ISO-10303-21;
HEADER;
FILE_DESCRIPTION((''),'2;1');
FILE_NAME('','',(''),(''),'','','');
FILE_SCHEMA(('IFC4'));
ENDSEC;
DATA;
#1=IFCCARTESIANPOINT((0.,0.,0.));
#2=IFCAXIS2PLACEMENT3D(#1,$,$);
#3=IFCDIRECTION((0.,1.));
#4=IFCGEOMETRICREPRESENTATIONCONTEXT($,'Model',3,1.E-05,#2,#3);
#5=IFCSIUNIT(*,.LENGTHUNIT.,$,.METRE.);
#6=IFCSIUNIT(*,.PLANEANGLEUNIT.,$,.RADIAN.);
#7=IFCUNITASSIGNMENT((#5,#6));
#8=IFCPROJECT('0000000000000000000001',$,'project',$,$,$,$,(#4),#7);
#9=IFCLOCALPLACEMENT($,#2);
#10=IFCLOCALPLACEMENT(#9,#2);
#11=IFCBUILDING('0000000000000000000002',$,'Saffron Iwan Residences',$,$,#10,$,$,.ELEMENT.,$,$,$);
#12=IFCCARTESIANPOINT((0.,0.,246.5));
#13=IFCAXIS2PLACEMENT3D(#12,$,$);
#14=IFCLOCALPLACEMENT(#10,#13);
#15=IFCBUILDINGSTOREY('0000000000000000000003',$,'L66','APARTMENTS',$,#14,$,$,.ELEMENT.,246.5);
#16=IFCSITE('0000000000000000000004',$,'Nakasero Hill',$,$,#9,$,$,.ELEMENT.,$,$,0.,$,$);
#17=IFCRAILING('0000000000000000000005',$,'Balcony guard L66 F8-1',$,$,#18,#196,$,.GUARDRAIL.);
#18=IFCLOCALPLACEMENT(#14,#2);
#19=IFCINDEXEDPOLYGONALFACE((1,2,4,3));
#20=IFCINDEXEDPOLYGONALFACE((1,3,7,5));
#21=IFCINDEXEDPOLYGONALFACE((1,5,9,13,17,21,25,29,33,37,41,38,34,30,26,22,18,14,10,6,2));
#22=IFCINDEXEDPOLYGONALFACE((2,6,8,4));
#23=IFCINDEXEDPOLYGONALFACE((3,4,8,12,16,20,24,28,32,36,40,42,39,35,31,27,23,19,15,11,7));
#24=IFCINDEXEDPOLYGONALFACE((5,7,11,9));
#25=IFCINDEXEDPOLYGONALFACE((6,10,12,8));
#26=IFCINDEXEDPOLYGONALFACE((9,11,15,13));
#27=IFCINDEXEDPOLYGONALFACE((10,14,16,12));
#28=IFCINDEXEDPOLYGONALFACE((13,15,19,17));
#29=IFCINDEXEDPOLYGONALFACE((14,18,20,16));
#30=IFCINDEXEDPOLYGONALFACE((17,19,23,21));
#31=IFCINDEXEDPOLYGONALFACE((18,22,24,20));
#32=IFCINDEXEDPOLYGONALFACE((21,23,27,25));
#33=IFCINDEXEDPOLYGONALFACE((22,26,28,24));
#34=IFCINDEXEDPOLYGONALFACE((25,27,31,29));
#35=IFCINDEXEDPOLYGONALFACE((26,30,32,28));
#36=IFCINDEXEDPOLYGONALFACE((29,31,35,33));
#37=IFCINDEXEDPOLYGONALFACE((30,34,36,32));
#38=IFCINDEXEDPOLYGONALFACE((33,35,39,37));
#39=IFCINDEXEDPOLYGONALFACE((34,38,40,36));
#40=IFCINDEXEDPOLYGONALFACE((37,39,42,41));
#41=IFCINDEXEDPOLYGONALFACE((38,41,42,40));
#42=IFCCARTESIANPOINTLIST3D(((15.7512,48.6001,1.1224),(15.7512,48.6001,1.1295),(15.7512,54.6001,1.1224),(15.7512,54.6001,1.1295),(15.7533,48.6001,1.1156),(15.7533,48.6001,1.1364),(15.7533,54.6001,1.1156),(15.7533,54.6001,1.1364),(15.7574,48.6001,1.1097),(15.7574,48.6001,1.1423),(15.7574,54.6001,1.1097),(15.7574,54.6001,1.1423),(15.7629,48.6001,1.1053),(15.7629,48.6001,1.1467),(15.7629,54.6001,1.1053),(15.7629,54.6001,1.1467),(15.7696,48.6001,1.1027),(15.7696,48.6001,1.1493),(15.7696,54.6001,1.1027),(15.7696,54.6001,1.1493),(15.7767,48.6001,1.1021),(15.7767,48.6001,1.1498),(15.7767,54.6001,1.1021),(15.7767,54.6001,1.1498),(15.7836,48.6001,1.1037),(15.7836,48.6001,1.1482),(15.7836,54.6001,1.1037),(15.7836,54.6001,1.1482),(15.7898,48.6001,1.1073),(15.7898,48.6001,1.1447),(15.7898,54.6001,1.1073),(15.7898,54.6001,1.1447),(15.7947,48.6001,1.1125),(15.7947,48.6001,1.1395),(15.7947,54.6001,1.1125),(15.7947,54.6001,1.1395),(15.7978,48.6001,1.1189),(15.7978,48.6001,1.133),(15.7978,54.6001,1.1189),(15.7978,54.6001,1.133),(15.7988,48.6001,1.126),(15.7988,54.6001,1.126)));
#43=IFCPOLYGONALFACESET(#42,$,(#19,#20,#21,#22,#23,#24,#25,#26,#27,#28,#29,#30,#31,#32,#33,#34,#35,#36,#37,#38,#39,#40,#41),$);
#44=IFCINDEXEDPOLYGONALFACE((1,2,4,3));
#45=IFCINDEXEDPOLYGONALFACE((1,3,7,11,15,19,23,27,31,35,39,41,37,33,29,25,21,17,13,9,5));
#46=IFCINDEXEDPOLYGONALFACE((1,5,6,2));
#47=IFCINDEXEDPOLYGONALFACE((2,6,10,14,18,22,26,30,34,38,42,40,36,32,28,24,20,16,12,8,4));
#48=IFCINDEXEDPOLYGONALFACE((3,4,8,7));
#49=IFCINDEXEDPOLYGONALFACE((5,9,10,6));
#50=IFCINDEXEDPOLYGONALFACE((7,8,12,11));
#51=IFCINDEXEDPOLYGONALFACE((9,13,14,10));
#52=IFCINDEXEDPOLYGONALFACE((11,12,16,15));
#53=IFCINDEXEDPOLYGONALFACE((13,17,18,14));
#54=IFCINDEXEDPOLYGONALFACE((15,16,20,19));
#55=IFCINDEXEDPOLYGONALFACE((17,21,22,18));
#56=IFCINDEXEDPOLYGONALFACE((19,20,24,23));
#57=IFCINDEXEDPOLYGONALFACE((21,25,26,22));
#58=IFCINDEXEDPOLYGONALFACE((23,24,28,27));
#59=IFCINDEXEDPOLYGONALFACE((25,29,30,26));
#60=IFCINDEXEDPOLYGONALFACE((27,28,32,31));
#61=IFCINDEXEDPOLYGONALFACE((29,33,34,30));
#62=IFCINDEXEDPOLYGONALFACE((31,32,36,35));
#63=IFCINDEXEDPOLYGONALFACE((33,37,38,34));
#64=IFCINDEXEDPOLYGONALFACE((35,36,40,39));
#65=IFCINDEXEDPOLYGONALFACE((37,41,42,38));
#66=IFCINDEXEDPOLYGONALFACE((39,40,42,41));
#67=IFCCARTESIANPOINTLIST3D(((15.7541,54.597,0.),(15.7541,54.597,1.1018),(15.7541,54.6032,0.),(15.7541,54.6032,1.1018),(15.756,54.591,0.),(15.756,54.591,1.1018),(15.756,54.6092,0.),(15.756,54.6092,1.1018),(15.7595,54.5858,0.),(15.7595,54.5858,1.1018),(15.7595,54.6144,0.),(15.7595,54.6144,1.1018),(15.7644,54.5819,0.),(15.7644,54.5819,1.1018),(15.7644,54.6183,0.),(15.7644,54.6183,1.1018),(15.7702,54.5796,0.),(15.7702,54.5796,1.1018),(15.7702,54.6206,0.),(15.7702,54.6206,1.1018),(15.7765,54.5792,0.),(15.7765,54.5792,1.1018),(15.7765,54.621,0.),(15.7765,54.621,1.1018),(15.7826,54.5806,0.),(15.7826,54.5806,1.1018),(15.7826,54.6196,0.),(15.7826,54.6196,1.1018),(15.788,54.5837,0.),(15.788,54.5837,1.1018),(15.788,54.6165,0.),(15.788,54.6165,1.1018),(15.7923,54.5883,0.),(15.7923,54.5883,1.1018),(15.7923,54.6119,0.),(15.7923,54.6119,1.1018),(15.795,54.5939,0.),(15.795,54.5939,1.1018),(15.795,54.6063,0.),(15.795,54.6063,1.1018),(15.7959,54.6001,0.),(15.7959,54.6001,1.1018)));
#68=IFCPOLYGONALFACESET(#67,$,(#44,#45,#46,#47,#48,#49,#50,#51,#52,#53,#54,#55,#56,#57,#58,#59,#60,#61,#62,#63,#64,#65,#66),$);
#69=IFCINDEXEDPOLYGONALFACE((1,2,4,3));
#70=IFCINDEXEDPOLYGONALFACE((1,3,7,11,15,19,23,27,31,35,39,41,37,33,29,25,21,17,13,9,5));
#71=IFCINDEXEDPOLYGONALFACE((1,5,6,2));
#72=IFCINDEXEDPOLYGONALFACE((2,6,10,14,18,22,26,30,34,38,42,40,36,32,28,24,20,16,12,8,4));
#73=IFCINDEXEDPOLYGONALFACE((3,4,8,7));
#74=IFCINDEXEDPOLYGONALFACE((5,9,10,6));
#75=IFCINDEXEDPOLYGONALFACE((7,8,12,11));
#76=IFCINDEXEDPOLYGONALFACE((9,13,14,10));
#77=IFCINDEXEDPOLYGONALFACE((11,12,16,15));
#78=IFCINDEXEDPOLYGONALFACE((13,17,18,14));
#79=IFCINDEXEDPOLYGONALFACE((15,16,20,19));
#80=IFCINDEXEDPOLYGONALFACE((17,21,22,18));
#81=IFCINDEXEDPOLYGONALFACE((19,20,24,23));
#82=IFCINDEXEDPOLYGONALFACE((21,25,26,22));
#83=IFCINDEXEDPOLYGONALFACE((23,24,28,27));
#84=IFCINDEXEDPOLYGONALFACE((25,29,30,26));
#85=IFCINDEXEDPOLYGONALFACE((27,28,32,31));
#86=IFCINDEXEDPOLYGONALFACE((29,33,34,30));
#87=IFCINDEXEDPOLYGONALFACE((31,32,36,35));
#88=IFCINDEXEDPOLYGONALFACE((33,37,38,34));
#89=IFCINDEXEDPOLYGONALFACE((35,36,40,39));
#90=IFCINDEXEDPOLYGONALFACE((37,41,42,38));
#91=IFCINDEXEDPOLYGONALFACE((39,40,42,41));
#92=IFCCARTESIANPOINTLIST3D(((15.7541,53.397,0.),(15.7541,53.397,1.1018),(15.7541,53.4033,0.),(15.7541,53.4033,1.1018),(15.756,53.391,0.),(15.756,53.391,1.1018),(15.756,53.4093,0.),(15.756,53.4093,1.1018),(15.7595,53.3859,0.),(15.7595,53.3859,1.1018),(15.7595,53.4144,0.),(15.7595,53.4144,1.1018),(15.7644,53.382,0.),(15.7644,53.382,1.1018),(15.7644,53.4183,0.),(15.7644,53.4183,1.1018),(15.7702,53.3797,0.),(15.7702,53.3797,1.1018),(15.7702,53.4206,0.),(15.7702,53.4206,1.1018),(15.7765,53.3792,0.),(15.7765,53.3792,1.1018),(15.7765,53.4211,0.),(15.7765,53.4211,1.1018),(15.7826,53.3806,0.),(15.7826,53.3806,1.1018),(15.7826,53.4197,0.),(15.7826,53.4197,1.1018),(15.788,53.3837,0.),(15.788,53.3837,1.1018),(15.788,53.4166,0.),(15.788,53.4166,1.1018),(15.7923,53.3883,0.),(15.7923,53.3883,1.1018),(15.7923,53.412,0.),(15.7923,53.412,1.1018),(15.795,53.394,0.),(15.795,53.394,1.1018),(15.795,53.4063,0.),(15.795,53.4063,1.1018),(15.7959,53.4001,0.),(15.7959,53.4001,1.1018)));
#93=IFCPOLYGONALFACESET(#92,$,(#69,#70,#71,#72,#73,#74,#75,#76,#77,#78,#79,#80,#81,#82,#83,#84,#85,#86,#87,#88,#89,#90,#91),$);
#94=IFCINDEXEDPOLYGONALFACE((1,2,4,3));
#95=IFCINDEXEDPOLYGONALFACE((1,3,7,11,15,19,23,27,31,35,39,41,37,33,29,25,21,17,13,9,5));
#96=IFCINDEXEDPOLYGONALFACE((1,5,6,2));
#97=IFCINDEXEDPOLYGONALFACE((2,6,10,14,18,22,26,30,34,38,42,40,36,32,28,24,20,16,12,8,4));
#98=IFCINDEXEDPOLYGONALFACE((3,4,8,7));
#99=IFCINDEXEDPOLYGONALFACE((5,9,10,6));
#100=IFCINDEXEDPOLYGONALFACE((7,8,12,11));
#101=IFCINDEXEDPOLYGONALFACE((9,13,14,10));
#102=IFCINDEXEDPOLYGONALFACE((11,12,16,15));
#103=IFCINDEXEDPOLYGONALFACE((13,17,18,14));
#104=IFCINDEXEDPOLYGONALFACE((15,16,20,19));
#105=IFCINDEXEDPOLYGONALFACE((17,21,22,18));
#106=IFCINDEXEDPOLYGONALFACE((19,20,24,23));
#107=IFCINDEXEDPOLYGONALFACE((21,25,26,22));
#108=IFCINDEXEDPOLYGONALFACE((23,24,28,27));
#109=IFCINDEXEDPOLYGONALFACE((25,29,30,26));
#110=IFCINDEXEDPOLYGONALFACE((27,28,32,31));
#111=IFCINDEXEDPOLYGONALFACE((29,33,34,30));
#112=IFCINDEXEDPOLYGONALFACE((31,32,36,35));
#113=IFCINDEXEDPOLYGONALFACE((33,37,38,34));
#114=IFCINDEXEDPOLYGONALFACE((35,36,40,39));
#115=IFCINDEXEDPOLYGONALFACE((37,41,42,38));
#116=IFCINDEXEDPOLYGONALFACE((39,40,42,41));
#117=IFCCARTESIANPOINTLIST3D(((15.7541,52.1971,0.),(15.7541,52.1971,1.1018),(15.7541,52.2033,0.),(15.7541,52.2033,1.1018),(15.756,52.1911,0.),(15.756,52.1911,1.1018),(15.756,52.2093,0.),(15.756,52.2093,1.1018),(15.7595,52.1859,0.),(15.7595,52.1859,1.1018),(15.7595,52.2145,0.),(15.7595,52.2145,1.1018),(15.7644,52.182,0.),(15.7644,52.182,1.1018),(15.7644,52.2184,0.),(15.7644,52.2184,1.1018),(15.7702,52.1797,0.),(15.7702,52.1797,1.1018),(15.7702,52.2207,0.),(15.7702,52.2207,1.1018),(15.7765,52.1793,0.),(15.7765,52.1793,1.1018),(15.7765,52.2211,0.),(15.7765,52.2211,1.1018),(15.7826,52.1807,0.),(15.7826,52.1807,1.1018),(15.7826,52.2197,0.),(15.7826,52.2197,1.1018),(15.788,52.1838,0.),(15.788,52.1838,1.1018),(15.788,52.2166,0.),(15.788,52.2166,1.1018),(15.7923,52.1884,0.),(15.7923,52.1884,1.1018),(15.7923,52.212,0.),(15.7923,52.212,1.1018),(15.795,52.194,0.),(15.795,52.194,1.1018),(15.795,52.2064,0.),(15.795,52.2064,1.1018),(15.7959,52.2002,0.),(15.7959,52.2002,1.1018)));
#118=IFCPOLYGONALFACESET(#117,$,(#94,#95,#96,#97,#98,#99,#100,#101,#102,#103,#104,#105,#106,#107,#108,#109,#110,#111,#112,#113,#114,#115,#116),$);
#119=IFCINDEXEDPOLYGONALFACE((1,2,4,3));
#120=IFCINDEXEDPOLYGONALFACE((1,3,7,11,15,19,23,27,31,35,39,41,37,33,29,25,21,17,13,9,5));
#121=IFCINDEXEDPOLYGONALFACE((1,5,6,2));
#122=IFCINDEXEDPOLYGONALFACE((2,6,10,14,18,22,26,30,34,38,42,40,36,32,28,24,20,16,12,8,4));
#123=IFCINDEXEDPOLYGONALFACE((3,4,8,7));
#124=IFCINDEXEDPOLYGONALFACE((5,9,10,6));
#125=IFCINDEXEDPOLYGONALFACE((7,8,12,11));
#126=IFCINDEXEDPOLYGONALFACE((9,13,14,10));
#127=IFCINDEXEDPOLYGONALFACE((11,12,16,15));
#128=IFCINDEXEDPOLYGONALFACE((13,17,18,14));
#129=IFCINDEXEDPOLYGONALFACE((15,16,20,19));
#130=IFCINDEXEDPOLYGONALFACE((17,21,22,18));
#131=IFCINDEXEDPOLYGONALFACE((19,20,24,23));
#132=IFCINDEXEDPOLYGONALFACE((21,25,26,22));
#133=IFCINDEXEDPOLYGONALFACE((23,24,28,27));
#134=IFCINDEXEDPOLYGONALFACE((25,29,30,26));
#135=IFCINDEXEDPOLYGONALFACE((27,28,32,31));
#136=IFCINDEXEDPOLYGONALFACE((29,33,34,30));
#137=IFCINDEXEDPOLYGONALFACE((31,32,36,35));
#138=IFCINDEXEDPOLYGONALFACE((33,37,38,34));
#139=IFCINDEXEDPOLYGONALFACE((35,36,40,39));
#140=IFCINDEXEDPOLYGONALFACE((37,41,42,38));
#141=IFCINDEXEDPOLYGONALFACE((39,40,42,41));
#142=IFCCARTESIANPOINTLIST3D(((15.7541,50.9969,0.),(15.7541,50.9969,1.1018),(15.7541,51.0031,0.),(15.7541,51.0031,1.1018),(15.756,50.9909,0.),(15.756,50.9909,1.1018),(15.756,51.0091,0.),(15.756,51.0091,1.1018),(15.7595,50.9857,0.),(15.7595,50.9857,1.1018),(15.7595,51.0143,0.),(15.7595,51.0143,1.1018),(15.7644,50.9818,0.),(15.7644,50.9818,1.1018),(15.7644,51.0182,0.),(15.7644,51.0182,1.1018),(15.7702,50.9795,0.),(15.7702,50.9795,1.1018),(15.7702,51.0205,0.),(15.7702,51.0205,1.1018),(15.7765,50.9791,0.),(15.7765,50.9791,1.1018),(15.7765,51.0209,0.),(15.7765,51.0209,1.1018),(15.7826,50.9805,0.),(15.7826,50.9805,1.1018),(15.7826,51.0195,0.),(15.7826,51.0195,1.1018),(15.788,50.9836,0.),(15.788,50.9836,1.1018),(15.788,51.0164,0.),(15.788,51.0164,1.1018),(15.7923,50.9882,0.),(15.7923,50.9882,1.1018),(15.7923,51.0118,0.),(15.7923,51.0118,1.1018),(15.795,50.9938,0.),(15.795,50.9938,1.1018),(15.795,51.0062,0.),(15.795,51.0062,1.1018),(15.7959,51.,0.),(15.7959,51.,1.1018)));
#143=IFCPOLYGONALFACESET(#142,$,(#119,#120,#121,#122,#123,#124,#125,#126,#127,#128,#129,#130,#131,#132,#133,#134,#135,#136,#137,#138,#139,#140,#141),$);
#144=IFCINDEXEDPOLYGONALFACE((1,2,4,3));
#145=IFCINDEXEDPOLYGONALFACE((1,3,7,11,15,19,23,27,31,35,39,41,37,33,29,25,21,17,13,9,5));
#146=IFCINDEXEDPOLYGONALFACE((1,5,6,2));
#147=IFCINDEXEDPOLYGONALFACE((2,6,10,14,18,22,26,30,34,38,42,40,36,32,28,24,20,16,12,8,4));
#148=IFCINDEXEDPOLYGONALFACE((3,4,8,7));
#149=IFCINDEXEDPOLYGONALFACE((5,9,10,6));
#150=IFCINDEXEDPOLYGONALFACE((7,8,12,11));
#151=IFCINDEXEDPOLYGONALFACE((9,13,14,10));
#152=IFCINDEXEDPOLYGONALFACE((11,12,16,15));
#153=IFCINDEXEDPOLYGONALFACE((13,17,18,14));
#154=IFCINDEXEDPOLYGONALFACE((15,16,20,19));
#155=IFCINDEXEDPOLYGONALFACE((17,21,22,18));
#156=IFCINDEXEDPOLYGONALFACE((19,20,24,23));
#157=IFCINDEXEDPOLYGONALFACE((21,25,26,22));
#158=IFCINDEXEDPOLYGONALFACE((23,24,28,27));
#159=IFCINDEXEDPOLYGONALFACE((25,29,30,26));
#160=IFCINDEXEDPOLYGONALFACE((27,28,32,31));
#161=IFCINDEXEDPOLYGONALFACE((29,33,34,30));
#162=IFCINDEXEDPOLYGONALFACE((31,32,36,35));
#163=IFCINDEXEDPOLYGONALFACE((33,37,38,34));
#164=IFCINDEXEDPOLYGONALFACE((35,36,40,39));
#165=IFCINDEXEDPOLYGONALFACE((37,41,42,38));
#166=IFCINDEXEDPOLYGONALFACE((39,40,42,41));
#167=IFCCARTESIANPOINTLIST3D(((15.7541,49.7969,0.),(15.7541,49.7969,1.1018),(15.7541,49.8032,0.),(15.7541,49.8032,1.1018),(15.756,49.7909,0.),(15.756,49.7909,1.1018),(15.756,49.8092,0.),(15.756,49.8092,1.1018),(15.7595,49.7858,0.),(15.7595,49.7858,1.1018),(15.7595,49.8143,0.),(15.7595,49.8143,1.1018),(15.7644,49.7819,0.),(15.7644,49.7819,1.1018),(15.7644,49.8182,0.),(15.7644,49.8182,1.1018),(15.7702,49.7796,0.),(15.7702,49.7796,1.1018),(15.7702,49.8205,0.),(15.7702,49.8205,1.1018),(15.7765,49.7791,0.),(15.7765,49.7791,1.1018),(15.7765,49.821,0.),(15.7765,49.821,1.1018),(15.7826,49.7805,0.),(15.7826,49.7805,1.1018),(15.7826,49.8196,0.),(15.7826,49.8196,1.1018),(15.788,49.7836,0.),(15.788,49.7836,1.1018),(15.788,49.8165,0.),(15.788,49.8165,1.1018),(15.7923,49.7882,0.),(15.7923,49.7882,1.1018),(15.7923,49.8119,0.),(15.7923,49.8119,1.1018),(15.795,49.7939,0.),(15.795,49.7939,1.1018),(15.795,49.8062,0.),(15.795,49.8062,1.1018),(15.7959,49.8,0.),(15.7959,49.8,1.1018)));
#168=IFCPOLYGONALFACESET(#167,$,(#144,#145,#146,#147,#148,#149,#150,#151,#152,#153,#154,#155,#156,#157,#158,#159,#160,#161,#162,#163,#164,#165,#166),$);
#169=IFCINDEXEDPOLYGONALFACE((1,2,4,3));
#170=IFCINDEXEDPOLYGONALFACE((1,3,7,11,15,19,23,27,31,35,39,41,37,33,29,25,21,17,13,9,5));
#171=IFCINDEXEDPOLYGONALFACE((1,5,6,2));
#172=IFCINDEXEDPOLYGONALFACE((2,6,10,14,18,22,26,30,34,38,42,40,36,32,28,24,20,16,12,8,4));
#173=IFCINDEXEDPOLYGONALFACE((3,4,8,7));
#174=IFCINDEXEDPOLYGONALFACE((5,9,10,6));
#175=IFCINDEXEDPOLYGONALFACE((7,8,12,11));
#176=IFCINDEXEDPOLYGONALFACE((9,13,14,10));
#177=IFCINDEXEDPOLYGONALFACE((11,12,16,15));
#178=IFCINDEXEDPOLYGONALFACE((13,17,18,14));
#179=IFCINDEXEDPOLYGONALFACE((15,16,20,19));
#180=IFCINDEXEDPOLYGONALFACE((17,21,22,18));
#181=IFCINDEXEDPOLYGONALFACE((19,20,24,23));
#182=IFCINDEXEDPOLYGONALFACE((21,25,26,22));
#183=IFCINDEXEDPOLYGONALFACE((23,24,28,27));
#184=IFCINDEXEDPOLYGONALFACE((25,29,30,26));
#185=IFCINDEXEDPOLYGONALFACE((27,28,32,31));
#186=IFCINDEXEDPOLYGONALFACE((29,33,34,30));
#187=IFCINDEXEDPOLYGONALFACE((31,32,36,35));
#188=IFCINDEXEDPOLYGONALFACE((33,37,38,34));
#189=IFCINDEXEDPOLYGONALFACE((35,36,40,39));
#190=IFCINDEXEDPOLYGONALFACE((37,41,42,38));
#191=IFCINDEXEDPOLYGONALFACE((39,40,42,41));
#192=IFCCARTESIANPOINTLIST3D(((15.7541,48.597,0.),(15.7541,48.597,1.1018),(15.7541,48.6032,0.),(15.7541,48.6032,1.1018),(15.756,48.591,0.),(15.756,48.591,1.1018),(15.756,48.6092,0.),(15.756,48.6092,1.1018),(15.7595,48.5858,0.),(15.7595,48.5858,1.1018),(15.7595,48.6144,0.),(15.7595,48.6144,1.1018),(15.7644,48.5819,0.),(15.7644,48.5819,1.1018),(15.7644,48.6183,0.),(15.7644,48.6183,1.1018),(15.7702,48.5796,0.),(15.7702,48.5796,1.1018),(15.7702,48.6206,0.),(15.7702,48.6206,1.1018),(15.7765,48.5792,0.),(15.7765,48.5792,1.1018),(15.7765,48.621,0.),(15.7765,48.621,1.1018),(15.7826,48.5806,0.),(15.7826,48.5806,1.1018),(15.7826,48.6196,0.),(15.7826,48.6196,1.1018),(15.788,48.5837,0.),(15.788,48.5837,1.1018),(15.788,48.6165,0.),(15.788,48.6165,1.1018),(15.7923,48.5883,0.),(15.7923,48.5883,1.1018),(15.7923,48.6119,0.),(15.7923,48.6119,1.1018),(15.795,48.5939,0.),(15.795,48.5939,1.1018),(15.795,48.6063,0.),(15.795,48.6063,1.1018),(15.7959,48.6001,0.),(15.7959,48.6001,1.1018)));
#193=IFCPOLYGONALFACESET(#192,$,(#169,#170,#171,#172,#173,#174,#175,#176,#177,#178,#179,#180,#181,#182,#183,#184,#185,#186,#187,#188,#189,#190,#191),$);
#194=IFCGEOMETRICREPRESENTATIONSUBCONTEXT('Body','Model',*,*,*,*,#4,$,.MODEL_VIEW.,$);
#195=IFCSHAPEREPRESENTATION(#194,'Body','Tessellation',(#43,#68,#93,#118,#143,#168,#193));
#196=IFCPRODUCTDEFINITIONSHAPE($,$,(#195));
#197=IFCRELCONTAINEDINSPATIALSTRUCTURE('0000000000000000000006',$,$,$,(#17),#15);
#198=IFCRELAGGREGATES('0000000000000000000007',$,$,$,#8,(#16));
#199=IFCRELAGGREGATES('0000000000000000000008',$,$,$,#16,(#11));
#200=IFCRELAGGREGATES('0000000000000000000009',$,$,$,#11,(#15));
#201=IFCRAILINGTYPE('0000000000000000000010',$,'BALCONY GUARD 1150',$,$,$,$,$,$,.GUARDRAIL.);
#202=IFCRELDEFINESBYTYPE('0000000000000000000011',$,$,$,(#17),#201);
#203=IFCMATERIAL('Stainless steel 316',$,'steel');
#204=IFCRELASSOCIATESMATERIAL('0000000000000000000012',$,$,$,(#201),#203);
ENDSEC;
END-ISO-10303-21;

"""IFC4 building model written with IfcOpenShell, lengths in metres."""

from ifc_helpers import new_model, si_unit, direction, frame, origin, origin_2d, place, context, subcontext, project, spatial, circle, extrude, material, type_object, element, save


model = new_model("IFC4")

# Units and contexts
model_context = context("Model", 3, precision=1e-05, world=origin(), true_north=direction((0.0, 1.0)))
body_context = subcontext(model_context, "Body", "Model", "MODEL_VIEW")
ifc_project = project(units=[si_unit("LENGTHUNIT", "METRE"), si_unit("PLANEANGLEUNIT", "RADIAN")], contexts=[model_context])

# Site, building, storey
site_placement = place(None, origin())
site = spatial("IfcSite", under=ifc_project, at=site_placement, Name="Nakasero Hill", CompositionType="ELEMENT", RefElevation=0.0)
building_placement = place(site_placement, origin())
building = spatial("IfcBuilding", under=site, at=building_placement, Name="Saffron Iwan Residences", CompositionType="ELEMENT")
storey_placement = place(building_placement, frame((0.0, 0.0, 246.5)))
storey = spatial("IfcBuildingStorey", under=building, at=storey_placement, Name="L66", Description="APARTMENTS", CompositionType="ELEMENT", Elevation=246.5)

# Railing
ifc_material_1 = material(Name="Stainless steel 316", Category="steel")
railing_type = type_object("IfcRailingType", Name="BALCONY GUARD 1150", PredefinedType="GUARDRAIL", material=ifc_material_1)
railing_placement = place(storey_placement, frame((15.7749, 54.6001, 0.0)))
element("IfcRailing", 1, at=railing_placement, inside=storey, type_object=railing_type, Name="Balcony guard L66 F8-1", PredefinedType="GUARDRAIL", context=body_context, shape_type="SweptSolid", body=[
    extrude(circle(Radius=0.0239, at=origin_2d()), frame((0.0, 0.0, 1.126), z_axis=(0.0, -1.0, 0.0), x_axis=(1.0, 0.0, 0.0)), (0.0, 0.0, 1.0), 6.0),
    extrude(circle(Radius=0.021, at=origin_2d()), origin(), (0.0, 0.0, 1.0), 1.1018),
    extrude(circle(Radius=0.021, at=origin_2d()), frame((0.0, -1.2, 0.0)), (0.0, 0.0, 1.0), 1.1018),
    extrude(circle(Radius=0.021, at=origin_2d()), frame((0.0, -2.3999, 0.0)), (0.0, 0.0, 1.0), 1.1018),
    extrude(circle(Radius=0.021, at=origin_2d()), frame((0.0, -3.6001, 0.0)), (0.0, 0.0, 1.0), 1.1018),
    extrude(circle(Radius=0.021, at=origin_2d()), frame((0.0, -4.8, 0.0)), (0.0, 0.0, 1.0), 1.1018),
    extrude(circle(Radius=0.021, at=origin_2d()), frame((0.0, -6.0, 0.0)), (0.0, 0.0, 1.0), 1.1018),
])

save(model, "model.ifc")
